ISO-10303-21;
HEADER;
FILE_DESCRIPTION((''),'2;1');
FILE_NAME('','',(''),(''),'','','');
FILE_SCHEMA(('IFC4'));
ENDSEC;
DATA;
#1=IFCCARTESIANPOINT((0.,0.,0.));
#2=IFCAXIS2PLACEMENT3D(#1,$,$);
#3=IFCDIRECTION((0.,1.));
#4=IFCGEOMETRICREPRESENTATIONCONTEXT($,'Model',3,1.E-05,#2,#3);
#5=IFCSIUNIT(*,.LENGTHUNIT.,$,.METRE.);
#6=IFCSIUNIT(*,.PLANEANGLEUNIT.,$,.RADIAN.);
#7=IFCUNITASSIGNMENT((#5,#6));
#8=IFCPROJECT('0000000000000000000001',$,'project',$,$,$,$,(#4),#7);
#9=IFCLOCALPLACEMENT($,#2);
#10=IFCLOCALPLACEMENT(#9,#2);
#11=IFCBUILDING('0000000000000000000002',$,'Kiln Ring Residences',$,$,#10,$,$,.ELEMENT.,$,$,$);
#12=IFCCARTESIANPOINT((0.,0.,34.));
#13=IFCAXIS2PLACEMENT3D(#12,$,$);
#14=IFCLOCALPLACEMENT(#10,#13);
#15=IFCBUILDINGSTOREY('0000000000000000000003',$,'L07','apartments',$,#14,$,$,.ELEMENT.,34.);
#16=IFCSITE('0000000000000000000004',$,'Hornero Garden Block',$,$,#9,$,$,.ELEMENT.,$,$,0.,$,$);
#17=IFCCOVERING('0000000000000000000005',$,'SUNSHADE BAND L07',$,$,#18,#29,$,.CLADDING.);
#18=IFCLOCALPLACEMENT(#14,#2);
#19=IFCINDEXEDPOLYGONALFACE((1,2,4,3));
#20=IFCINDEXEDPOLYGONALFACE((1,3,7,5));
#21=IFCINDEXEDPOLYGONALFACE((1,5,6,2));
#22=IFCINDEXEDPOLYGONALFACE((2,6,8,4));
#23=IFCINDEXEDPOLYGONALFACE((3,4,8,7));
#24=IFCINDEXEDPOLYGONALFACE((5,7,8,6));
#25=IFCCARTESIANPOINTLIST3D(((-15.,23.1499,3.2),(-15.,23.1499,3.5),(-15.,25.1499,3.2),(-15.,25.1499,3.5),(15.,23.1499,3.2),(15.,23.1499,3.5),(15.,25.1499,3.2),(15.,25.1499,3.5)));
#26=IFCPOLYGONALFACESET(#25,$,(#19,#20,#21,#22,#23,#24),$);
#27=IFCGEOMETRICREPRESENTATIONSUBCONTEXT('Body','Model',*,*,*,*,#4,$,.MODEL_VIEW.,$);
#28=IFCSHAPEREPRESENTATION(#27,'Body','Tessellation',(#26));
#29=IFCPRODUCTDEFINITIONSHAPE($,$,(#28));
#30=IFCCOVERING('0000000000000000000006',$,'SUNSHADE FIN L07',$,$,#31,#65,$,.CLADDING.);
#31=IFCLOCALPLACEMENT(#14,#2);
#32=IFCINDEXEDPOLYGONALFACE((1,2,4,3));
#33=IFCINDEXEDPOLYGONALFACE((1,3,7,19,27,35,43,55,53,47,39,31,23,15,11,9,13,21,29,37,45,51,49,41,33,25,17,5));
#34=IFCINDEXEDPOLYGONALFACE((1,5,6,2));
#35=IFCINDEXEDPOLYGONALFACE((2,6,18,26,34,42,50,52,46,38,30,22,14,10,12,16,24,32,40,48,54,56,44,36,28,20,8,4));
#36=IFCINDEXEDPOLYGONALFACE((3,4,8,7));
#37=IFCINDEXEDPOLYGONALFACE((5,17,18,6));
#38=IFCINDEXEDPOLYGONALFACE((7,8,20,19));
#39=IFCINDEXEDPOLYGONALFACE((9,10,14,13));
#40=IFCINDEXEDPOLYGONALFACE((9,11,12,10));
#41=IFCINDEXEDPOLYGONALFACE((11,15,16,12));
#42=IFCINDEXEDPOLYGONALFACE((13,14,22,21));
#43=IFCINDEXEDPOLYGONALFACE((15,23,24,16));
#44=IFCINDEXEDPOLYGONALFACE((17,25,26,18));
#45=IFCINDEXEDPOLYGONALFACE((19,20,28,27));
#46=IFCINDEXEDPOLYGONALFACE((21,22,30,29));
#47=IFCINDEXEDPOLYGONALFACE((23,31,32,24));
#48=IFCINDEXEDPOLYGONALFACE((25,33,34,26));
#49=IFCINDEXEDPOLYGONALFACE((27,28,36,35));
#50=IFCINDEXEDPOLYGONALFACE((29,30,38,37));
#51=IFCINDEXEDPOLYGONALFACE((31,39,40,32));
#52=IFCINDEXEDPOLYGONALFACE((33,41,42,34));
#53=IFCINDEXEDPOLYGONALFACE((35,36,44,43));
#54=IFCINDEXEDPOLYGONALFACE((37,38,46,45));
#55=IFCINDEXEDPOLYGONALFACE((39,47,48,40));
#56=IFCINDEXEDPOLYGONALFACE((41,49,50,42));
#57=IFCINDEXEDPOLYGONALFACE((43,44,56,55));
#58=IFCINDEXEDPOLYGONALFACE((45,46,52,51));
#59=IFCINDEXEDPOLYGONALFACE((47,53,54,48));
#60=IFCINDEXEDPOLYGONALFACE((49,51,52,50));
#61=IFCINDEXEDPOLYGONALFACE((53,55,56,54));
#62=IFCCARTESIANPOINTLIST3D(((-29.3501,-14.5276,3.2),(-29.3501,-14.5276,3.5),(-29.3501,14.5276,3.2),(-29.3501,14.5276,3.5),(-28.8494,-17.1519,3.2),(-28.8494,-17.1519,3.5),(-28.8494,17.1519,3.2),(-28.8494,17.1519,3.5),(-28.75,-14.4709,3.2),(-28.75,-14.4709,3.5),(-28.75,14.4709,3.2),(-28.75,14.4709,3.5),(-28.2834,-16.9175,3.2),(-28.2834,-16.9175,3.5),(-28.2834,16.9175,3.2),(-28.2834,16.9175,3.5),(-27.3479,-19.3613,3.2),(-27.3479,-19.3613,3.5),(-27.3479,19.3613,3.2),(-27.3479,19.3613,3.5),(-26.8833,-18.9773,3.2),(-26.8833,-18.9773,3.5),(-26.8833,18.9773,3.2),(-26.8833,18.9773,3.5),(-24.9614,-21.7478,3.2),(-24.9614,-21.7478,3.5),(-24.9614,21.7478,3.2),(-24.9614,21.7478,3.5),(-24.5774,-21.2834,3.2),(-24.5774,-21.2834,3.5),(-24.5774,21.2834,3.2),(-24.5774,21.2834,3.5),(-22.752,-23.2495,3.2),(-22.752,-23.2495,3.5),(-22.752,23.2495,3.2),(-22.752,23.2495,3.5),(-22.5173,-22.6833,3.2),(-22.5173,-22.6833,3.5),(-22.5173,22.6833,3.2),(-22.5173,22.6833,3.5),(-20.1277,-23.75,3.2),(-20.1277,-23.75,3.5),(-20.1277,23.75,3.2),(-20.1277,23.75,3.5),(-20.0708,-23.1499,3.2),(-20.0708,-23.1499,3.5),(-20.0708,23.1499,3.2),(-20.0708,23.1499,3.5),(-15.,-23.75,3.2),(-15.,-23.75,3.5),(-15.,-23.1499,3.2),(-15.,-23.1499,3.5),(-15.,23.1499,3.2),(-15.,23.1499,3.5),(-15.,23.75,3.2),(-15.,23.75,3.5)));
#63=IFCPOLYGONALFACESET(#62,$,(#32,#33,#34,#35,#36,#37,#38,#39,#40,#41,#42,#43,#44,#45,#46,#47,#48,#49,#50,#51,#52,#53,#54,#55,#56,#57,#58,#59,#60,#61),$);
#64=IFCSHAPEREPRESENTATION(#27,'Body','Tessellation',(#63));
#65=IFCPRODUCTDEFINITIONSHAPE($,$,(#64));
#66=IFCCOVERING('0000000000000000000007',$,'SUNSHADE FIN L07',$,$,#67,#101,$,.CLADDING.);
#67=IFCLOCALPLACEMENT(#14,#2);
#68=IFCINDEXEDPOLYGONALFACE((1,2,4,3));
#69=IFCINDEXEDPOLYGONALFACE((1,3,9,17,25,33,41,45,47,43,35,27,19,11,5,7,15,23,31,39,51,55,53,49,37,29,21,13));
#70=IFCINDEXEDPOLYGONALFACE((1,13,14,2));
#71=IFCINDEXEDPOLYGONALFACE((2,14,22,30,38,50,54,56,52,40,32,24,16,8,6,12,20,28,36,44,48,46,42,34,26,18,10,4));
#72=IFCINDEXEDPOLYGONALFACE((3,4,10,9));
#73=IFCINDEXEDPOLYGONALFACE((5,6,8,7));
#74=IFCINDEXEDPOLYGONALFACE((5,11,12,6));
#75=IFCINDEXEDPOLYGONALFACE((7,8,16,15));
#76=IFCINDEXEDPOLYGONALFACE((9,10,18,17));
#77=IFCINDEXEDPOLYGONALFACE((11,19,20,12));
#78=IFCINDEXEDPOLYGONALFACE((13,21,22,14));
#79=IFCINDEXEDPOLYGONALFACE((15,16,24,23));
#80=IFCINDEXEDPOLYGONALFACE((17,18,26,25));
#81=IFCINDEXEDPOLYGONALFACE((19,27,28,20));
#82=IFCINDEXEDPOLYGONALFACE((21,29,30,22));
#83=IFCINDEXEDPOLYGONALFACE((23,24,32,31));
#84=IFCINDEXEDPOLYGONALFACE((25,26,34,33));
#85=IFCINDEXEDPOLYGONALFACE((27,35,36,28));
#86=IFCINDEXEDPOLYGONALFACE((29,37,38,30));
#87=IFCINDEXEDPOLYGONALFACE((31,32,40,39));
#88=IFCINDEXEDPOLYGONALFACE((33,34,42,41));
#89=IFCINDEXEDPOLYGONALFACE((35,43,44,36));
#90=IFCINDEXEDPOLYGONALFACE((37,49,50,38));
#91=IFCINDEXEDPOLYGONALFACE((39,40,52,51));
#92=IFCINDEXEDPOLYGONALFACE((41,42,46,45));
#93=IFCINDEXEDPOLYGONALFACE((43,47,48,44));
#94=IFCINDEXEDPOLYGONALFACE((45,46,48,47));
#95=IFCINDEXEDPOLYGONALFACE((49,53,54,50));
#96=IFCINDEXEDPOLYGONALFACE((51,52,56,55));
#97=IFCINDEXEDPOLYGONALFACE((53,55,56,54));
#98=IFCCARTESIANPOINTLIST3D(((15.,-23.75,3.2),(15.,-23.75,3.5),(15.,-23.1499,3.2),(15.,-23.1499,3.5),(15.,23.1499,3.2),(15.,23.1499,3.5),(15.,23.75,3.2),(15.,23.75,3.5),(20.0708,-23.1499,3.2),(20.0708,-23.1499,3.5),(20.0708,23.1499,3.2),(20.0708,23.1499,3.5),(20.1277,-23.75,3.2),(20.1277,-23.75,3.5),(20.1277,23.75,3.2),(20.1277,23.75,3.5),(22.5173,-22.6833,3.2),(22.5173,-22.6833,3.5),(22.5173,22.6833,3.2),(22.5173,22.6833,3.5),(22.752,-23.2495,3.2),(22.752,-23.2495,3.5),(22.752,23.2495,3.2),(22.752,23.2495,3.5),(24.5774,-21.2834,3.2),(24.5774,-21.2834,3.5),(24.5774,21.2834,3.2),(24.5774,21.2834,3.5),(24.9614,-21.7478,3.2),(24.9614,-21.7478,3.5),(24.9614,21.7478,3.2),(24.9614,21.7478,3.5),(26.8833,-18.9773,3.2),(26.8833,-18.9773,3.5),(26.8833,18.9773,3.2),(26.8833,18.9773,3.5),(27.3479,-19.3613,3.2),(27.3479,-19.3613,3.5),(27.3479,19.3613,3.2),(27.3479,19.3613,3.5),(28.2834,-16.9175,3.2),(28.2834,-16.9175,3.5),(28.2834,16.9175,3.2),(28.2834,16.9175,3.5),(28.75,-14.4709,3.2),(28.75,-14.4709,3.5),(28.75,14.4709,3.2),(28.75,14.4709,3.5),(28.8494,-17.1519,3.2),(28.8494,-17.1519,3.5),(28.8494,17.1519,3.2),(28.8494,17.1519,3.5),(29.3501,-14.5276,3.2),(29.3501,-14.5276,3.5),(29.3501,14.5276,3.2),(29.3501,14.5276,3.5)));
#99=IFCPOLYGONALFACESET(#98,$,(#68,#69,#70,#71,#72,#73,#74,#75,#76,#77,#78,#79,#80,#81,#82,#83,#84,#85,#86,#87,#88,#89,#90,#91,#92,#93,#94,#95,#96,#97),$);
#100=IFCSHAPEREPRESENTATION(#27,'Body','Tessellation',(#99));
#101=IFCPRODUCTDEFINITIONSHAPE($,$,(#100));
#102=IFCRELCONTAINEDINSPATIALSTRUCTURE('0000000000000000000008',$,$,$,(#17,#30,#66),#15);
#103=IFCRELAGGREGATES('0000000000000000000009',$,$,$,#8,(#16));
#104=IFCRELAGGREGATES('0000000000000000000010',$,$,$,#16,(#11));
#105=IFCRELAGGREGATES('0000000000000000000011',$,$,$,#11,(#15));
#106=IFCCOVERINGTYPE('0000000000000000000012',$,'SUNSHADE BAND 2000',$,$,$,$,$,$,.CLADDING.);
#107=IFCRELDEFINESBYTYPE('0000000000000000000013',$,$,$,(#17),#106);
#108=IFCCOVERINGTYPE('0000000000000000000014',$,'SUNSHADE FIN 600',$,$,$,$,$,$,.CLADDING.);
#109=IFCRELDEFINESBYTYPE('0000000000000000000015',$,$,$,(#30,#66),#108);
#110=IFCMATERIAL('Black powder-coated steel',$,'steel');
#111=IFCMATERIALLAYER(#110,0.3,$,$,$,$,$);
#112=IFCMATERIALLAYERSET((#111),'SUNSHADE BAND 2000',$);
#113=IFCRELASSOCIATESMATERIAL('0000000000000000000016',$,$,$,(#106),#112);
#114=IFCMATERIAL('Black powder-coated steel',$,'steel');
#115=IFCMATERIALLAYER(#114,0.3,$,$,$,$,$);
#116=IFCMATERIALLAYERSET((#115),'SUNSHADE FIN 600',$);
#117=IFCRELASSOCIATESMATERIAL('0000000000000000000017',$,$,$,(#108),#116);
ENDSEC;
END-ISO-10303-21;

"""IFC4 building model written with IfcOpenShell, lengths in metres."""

from ifc_helpers import new_model, si_unit, direction, frame, origin, place, context, subcontext, project, spatial, polyline, outline, extrude, material, layer, layer_set, type_object, element, save


model = new_model("IFC4")

# Units and contexts
model_context = context("Model", 3, precision=1e-05, world=origin(), true_north=direction((0.0, 1.0)))
body_context = subcontext(model_context, "Body", "Model", "MODEL_VIEW")
ifc_project = project(units=[si_unit("LENGTHUNIT", "METRE"), si_unit("PLANEANGLEUNIT", "RADIAN")], contexts=[model_context])

# Site, building, storey
site_placement = place(None, origin())
site = spatial("IfcSite", under=ifc_project, at=site_placement, Name="Hornero Garden Block", CompositionType="ELEMENT", RefElevation=0.0)
building_placement = place(site_placement, origin())
building = spatial("IfcBuilding", under=site, at=building_placement, Name="Kiln Ring Residences", CompositionType="ELEMENT")
storey_placement = place(building_placement, frame((0.0, 0.0, 34.0)))
storey = spatial("IfcBuildingStorey", under=building, at=storey_placement, Name="L07", Description="apartments", CompositionType="ELEMENT", Elevation=34.0)

# Coverings
ifc_material_1 = material(Name="Black powder-coated steel", Category="steel")
ifc_layer_1 = layer(ifc_material_1, 0.3)
ifc_layer_set_1 = layer_set([ifc_layer_1], Name="SUNSHADE BAND 2000")
covering_type_1 = type_object("IfcCoveringType", Name="SUNSHADE BAND 2000", PredefinedType="CLADDING", material=ifc_layer_set_1)
placement = place(storey_placement, frame((0.0, 0.0, 3.2)))
element("IfcCovering", 1, at=placement, inside=storey, type_object=covering_type_1, Name="SUNSHADE BAND L07", PredefinedType="CLADDING", context=body_context, shape_type="SweptSolid", body=[
    extrude(outline(polyline([(15.0, 25.1499), (-15.0, 25.1499), (-15.0, 23.1499), (15.0, 23.1499), (15.0, 25.1499)])), origin(), (0.0, 0.0, 1.0), 0.3),
])
ifc_material_2 = material(Name="Black powder-coated steel", Category="steel")
ifc_layer_2 = layer(ifc_material_2, 0.3)
ifc_layer_set_2 = layer_set([ifc_layer_2], Name="SUNSHADE FIN 600")
covering_type_2 = type_object("IfcCoveringType", Name="SUNSHADE FIN 600", PredefinedType="CLADDING", material=ifc_layer_set_2)
element("IfcCovering", 2, at=placement, inside=storey, type_object=covering_type_2, Name="SUNSHADE FIN L07", PredefinedType="CLADDING", context=body_context, shape_type="SweptSolid", body=[
    extrude(outline(polyline([(-29.3501, -14.5276), (-28.8494, -17.1519), (-27.3479, -19.3613), (-24.9614, -21.7478), (-22.752, -23.2495), (-20.1277, -23.75), (-15.0, -23.75), (-15.0, -23.1499), (-20.0708, -23.1499), (-22.5173, -22.6833), (-24.5774, -21.2834), (-26.8833, -18.9773), (-28.2834, -16.9175), (-28.75, -14.4709), (-28.75, 14.4709), (-28.2834, 16.9175), (-26.8833, 18.9773), (-24.5774, 21.2834), (-22.5173, 22.6833), (-20.0708, 23.1499), (-15.0, 23.1499), (-15.0, 23.75), (-20.1277, 23.75), (-22.752, 23.2495), (-24.9614, 21.7478), (-27.3479, 19.3613), (-28.8494, 17.1519), (-29.3501, 14.5276), (-29.3501, -14.5276)])), origin(), (0.0, 0.0, 1.0), 0.3),
])
element("IfcCovering", 3, at=placement, inside=storey, type_object=covering_type_2, Name="SUNSHADE FIN L07", PredefinedType="CLADDING", context=body_context, shape_type="SweptSolid", body=[
    extrude(outline(polyline([(20.1277, 23.75), (15.0, 23.75), (15.0, 23.1499), (20.0708, 23.1499), (22.5173, 22.6833), (24.5774, 21.2834), (26.8833, 18.9773), (28.2834, 16.9175), (28.75, 14.4709), (28.75, -14.4709), (28.2834, -16.9175), (26.8833, -18.9773), (24.5774, -21.2834), (22.5173, -22.6833), (20.0708, -23.1499), (15.0, -23.1499), (15.0, -23.75), (20.1277, -23.75), (22.752, -23.2495), (24.9614, -21.7478), (27.3479, -19.3613), (28.8494, -17.1519), (29.3501, -14.5276), (29.3501, 14.5276), (28.8494, 17.1519), (27.3479, 19.3613), (24.9614, 21.7478), (22.752, 23.2495), (20.1277, 23.75)])), origin(), (0.0, 0.0, 1.0), 0.3),
])

save(model, "model.ifc")
